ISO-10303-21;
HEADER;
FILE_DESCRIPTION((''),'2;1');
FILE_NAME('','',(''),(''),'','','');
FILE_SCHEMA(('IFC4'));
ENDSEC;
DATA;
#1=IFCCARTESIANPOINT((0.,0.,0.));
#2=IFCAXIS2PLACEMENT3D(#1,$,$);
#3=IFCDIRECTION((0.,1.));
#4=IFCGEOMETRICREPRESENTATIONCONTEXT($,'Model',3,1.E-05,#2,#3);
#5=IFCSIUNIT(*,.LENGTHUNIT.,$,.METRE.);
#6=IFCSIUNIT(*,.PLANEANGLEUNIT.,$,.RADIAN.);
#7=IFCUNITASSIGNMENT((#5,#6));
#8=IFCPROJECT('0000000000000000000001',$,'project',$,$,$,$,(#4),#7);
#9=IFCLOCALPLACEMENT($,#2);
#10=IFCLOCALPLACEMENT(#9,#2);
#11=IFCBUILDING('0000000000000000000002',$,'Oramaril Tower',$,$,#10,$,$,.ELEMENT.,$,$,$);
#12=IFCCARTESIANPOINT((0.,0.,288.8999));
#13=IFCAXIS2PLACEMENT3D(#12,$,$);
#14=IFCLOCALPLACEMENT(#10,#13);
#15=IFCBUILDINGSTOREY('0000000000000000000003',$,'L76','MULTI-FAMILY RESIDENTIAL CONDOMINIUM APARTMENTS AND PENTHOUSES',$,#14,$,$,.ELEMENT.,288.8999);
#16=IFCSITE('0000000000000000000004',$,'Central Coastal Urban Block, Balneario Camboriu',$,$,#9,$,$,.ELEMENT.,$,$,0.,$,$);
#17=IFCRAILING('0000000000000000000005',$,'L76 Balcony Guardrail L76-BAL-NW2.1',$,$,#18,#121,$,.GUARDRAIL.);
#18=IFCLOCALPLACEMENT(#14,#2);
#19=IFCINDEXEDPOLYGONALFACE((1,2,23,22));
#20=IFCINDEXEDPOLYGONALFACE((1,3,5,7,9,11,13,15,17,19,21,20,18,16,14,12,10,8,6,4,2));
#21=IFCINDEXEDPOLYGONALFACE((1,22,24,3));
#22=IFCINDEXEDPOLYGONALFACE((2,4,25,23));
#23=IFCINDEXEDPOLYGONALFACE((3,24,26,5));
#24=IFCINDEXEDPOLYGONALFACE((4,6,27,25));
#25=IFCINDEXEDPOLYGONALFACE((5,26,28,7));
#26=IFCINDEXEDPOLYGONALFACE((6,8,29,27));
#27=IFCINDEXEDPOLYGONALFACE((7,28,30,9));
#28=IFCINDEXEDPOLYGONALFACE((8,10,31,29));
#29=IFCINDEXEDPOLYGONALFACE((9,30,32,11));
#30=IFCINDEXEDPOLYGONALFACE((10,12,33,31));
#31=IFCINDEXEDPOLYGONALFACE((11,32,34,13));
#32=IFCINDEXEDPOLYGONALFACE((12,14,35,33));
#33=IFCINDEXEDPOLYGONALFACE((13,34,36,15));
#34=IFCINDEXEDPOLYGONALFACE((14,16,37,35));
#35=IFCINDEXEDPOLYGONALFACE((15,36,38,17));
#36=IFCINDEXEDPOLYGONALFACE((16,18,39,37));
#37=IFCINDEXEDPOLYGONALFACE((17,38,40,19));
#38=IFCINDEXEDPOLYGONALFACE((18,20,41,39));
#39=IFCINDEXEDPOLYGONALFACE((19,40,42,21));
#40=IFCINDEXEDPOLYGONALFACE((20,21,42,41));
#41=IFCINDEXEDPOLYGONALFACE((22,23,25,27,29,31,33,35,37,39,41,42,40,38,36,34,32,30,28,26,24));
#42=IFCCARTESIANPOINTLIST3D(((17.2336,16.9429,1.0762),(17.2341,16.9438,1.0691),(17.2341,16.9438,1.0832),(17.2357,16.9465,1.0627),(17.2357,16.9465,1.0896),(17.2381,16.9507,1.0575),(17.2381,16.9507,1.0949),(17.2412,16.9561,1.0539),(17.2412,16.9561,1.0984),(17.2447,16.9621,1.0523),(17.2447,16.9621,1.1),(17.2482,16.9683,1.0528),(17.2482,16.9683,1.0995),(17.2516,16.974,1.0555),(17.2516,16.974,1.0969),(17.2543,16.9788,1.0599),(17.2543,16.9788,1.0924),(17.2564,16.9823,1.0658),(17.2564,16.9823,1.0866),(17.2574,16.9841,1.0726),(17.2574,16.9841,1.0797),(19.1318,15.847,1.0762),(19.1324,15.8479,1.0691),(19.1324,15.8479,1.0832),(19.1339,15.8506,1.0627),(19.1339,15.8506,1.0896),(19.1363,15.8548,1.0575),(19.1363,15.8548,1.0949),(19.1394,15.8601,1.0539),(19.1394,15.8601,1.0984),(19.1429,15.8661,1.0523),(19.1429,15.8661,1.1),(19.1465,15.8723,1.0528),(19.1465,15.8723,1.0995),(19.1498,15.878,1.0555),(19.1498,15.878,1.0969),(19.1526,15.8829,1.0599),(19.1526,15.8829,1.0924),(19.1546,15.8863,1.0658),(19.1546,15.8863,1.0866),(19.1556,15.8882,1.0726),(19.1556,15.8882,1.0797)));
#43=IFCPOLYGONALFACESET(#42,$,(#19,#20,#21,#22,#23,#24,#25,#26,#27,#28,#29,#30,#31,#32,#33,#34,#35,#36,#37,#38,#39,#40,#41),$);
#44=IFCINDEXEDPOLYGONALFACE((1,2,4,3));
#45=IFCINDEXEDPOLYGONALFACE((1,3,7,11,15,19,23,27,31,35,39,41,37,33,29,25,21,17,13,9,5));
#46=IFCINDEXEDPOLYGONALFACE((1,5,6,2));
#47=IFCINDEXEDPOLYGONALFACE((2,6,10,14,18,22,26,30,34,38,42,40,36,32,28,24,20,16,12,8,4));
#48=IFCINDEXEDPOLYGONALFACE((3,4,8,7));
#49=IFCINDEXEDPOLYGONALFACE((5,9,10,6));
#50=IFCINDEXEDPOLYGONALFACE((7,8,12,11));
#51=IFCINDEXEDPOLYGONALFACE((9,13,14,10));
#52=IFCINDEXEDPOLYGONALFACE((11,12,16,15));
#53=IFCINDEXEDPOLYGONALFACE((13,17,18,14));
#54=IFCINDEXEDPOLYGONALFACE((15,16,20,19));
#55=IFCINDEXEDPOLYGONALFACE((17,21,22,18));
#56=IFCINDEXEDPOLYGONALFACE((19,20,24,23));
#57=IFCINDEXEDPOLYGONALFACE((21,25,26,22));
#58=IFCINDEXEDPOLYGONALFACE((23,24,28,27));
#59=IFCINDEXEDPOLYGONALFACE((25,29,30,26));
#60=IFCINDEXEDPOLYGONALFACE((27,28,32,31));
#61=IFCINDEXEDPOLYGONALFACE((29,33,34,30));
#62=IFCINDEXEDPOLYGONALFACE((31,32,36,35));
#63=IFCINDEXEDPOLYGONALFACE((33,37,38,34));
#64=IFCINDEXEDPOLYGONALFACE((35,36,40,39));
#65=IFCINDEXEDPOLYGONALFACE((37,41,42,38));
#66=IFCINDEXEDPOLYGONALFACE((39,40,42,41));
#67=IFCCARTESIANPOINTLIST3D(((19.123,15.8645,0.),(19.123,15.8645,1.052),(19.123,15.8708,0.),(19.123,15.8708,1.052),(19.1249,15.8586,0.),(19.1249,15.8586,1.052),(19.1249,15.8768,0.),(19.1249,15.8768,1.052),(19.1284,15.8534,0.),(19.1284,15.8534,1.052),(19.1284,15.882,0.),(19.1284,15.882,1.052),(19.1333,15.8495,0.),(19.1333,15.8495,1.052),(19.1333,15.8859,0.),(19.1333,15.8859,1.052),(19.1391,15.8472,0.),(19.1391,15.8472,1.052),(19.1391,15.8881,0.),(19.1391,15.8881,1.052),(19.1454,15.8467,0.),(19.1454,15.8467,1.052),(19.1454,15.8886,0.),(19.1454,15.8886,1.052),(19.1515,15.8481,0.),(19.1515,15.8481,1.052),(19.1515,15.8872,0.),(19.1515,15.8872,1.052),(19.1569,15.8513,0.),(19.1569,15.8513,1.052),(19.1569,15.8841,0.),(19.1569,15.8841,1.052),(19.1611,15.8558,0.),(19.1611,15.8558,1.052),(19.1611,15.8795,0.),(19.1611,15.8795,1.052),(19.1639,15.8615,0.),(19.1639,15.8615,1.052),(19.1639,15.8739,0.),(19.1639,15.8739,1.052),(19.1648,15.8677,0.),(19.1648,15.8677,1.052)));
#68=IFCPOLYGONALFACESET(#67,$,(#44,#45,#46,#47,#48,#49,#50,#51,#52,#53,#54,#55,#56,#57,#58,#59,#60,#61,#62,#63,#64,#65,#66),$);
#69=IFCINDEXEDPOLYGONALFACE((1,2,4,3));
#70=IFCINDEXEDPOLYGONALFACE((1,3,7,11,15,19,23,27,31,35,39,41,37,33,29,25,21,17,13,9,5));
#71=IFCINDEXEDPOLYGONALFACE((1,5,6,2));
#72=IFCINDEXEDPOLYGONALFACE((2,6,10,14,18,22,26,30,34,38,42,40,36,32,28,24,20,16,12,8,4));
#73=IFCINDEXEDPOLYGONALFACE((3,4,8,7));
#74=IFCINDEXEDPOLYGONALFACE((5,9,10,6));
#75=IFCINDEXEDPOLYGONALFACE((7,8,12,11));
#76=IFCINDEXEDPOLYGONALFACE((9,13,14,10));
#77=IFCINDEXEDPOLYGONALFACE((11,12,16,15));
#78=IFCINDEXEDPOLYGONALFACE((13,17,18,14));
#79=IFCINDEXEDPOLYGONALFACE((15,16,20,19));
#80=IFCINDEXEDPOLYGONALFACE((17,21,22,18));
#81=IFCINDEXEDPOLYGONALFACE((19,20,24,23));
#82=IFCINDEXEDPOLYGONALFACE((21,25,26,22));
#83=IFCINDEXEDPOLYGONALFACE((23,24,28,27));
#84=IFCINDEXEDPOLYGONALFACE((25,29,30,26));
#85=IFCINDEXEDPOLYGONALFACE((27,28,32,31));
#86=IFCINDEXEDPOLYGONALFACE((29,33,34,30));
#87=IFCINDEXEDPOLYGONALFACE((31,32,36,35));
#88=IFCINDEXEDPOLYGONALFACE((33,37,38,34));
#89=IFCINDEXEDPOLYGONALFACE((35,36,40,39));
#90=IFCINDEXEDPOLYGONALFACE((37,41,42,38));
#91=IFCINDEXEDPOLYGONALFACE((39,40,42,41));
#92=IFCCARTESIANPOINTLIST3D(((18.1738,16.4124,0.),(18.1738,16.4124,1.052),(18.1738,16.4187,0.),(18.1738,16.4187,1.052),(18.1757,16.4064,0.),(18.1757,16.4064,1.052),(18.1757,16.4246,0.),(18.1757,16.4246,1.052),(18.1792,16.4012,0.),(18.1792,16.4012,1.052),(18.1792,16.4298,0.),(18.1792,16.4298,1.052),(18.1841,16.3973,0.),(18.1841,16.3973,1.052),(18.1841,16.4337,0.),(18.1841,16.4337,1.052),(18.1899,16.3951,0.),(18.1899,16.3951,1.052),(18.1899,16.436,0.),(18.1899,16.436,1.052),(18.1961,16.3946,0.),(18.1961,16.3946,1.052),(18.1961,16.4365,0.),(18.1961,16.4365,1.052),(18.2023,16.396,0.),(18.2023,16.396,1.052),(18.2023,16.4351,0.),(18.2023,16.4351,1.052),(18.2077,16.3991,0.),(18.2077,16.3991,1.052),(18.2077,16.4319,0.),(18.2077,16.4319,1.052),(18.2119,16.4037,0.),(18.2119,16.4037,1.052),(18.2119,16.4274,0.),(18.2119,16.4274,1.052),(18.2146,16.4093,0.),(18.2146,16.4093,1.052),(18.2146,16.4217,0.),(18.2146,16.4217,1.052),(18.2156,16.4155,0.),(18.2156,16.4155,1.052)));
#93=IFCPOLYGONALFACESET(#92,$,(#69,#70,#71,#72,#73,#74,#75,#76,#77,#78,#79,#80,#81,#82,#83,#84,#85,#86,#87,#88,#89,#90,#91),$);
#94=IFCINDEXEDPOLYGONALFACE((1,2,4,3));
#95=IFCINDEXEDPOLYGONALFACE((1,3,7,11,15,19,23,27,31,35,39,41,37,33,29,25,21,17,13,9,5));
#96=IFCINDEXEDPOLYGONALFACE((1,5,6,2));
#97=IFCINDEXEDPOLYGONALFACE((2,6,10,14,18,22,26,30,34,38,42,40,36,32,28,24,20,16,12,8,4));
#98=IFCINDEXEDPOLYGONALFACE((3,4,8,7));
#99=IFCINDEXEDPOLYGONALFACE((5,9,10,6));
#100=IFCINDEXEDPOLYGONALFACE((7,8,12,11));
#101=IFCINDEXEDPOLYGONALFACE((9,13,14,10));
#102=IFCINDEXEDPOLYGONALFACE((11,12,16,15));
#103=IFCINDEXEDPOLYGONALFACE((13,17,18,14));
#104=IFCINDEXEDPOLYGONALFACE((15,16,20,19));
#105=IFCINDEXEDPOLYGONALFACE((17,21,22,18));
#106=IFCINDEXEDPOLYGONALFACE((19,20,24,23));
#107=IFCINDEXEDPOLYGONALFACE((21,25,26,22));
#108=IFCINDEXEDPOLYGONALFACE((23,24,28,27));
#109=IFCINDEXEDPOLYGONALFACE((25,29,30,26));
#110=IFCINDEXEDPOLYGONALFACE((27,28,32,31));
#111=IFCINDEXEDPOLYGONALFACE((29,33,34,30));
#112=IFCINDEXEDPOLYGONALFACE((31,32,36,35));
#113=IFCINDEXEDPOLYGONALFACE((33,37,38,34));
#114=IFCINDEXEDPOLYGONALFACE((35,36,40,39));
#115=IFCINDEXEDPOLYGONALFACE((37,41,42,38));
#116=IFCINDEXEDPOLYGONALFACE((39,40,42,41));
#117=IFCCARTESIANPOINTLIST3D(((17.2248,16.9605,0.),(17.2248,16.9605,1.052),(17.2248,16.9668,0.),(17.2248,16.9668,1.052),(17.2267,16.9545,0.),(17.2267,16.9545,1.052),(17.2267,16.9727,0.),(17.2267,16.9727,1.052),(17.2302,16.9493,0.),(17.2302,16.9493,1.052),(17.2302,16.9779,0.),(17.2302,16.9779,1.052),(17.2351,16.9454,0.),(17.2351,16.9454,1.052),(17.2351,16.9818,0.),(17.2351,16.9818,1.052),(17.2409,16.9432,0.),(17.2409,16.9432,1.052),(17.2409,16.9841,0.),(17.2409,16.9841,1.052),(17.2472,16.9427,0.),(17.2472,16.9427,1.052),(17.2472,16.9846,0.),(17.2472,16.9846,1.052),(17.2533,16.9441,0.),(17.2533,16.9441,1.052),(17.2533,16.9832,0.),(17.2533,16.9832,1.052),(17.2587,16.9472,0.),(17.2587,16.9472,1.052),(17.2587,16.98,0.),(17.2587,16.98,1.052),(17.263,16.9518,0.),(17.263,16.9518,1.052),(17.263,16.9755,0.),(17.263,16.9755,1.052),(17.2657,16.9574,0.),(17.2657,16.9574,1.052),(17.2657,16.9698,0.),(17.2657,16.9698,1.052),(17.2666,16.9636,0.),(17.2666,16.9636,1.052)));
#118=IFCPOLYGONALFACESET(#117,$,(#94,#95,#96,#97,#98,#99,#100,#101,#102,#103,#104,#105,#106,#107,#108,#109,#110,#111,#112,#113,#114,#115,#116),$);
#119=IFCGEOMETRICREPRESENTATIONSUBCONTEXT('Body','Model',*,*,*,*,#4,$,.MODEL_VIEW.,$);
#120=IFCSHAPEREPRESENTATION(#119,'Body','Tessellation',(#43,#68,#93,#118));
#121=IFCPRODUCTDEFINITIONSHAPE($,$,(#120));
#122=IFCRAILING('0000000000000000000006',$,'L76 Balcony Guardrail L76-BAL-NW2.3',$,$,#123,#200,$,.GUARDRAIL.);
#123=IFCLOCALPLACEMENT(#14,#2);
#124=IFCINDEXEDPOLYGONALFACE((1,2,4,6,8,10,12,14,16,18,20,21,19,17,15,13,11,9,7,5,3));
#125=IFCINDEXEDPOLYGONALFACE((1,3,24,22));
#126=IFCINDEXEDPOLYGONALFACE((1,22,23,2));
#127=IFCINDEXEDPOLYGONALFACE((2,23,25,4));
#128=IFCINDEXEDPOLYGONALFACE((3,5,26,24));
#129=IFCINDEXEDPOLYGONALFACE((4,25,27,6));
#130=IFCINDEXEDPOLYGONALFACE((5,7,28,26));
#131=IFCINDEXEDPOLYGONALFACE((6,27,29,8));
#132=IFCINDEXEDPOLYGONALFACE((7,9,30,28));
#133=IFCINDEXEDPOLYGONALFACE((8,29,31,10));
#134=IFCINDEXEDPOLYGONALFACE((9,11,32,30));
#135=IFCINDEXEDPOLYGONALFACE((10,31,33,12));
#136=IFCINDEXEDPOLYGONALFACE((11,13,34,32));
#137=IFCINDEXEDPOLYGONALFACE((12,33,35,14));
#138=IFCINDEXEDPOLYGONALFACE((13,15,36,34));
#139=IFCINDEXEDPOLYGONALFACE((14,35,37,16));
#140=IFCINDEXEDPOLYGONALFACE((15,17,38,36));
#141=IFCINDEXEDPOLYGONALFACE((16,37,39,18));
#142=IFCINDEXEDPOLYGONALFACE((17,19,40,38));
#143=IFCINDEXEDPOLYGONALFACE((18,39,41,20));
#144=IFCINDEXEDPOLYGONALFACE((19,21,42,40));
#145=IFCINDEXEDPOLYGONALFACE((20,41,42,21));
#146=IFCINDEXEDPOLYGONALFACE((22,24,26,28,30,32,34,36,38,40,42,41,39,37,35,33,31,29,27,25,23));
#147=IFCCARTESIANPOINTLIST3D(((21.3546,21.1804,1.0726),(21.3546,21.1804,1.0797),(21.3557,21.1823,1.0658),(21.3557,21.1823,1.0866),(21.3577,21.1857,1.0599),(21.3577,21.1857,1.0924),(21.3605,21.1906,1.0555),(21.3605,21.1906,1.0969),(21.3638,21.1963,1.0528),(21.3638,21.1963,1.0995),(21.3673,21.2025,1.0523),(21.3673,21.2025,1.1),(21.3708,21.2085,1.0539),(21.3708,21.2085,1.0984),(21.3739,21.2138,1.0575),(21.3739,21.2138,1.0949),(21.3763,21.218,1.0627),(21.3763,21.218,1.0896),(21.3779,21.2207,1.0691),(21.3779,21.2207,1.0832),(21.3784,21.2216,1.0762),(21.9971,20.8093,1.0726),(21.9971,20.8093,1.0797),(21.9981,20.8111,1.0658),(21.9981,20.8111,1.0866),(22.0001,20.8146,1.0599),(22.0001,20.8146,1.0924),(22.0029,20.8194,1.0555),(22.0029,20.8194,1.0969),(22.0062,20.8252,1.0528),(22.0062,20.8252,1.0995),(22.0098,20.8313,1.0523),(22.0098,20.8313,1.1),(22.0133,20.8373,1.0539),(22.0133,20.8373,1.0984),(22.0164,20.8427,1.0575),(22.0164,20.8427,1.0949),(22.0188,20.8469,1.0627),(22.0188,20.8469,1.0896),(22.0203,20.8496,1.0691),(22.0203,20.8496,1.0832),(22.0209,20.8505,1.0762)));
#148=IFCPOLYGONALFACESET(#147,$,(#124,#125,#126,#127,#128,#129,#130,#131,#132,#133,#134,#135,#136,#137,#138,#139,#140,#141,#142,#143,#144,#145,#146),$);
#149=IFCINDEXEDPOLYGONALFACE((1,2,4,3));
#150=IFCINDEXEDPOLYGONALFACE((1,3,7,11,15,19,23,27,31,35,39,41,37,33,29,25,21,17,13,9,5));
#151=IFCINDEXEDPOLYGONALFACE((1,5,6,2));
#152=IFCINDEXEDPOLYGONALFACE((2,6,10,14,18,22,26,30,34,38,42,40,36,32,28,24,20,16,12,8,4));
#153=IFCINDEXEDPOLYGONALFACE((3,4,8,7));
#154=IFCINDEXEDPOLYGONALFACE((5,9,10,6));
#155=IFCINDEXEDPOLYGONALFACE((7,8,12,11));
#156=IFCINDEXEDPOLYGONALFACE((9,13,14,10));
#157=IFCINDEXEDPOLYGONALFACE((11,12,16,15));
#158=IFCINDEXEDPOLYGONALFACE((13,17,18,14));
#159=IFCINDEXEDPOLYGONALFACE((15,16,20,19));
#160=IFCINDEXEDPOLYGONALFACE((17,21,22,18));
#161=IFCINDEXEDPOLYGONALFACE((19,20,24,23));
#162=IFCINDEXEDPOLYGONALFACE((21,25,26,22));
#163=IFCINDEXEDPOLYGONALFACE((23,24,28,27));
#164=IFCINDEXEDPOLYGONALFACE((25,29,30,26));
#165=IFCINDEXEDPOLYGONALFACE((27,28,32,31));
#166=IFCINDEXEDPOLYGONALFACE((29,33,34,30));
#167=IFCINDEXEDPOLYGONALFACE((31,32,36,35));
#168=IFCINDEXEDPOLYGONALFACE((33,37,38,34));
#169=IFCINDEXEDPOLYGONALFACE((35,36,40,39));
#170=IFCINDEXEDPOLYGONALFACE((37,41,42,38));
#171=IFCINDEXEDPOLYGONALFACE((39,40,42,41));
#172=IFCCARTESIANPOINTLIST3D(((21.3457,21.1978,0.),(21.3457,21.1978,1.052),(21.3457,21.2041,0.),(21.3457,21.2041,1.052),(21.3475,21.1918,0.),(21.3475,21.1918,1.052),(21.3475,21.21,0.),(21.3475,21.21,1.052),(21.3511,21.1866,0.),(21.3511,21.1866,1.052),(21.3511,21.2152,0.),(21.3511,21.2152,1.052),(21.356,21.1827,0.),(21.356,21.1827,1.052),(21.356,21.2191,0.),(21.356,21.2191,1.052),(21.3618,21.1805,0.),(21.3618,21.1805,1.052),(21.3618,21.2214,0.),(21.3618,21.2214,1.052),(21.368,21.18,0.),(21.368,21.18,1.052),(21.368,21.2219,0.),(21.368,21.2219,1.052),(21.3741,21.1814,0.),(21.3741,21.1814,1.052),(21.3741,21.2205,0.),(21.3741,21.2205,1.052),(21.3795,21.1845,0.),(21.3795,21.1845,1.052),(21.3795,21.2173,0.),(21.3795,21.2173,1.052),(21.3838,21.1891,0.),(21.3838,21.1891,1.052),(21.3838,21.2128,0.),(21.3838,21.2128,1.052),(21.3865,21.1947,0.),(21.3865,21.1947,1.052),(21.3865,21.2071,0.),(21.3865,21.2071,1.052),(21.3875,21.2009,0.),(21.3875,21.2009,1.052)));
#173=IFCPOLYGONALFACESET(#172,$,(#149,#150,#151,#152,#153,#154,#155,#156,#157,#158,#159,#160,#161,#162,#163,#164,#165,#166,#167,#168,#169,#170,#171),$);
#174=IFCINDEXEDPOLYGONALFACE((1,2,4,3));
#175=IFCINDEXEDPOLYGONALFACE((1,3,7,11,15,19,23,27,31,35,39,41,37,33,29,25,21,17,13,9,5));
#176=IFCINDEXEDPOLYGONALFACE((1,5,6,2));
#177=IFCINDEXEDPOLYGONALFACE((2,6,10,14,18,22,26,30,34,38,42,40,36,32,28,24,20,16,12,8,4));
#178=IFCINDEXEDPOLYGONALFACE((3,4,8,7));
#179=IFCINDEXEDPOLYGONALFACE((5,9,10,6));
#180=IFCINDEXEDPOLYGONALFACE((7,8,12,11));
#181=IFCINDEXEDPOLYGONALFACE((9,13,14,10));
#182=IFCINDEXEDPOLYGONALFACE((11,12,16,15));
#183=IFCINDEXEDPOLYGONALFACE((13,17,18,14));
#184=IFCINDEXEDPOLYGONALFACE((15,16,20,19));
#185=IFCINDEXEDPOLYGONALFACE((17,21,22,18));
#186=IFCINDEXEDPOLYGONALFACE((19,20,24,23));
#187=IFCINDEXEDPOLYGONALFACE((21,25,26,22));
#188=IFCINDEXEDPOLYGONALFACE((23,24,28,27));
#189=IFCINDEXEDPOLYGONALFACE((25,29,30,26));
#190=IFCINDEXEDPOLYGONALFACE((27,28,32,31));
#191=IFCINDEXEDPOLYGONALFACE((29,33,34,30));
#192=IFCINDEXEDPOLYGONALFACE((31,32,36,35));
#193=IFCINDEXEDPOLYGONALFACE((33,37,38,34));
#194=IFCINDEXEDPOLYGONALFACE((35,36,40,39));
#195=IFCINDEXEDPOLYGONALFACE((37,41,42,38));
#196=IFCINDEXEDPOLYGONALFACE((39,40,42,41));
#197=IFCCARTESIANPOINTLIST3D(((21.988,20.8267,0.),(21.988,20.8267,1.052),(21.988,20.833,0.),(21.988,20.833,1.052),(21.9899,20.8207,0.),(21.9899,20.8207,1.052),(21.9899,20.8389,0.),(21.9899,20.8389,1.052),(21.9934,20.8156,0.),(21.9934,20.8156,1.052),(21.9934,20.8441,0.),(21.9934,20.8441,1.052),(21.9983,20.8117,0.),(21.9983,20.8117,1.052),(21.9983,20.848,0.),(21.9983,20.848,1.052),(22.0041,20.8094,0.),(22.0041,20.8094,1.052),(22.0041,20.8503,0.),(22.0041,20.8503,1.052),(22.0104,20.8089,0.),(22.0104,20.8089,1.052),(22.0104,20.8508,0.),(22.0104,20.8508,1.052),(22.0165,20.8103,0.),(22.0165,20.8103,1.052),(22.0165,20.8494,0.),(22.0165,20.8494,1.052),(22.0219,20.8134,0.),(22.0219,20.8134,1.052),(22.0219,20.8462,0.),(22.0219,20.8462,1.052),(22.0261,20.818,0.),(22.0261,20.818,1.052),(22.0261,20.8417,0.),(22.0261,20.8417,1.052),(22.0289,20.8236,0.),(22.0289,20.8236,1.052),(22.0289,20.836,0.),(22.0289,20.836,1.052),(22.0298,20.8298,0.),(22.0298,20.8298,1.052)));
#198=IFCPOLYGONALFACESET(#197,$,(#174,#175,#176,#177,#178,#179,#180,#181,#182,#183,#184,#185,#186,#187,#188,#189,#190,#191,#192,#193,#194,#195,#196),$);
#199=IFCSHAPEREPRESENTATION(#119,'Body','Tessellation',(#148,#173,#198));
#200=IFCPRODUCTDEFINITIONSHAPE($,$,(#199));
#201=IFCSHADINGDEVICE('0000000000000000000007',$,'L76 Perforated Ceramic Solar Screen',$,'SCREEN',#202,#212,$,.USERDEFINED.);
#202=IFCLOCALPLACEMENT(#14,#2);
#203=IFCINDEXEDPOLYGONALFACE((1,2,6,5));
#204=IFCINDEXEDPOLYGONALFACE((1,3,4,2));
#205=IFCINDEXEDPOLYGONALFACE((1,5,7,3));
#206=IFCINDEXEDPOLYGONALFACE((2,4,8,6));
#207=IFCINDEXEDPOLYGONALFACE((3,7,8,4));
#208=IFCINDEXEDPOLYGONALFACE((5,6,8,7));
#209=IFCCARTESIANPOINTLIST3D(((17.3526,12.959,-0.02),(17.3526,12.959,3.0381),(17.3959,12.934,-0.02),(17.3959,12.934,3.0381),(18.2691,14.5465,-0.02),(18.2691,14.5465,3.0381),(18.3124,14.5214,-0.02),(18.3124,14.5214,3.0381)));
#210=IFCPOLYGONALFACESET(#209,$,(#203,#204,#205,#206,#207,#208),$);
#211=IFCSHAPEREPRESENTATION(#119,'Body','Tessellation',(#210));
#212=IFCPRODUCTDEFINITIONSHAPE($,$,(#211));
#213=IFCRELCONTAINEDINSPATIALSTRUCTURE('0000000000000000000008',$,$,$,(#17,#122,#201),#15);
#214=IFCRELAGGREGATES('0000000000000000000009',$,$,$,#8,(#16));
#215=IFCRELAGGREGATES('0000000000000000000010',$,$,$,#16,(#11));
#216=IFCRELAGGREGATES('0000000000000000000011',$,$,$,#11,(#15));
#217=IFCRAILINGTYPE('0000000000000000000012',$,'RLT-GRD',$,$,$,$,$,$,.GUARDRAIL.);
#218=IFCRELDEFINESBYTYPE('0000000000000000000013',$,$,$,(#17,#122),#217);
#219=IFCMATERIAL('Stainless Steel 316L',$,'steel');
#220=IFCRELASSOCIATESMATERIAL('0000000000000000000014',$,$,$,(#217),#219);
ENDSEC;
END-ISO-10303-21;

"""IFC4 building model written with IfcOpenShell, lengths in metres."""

from ifc_helpers import new_model, si_unit, direction, frame, origin, origin_2d, place, context, subcontext, project, spatial, rectangle, circle, extrude, material, type_object, element, save


model = new_model("IFC4")

# Units and contexts
model_context = context("Model", 3, precision=1e-05, world=origin(), true_north=direction((0.0, 1.0)))
body_context = subcontext(model_context, "Body", "Model", "MODEL_VIEW")
ifc_project = project(units=[si_unit("LENGTHUNIT", "METRE"), si_unit("PLANEANGLEUNIT", "RADIAN")], contexts=[model_context])

# Site, building, storey
site_placement = place(None, origin())
site = spatial("IfcSite", under=ifc_project, at=site_placement, Name="Central Coastal Urban Block, Balneario Camboriu", CompositionType="ELEMENT", RefElevation=0.0)
building_placement = place(site_placement, origin())
building = spatial("IfcBuilding", under=site, at=building_placement, Name="Oramaril Tower", CompositionType="ELEMENT")
storey_placement = place(building_placement, frame((0.0, 0.0, 288.8999)))
storey = spatial("IfcBuildingStorey", under=building, at=storey_placement, Name="L76", Description="MULTI-FAMILY RESIDENTIAL CONDOMINIUM APARTMENTS AND PENTHOUSES", CompositionType="ELEMENT", Elevation=288.8999)

# Railings
ifc_material_1 = material(Name="Stainless Steel 316L", Category="steel")
railing_type = type_object("IfcRailingType", Name="RLT-GRD", PredefinedType="GUARDRAIL", material=ifc_material_1)
railing_1_placement = place(storey_placement, frame((19.1438, 15.8677, 0.0)))
element("IfcRailing", 1, at=railing_1_placement, inside=storey, type_object=railing_type, Name="L76 Balcony Guardrail L76-BAL-NW2.1", PredefinedType="GUARDRAIL", context=body_context, shape_type="SweptSolid", body=[
    extrude(circle(Radius=0.0239, at=origin_2d()), frame((0.0, 0.0, 1.0762), z_axis=(-0.866021, 0.500008, 0.0), x_axis=(-0.500008, -0.866021, 0.0)), (0.0, 0.0, 1.0), 2.1919),
    extrude(circle(Radius=0.021, at=origin_2d()), origin(), (0.0, 0.0, 1.0), 1.052),
    extrude(circle(Radius=0.021, at=origin_2d()), frame((-0.9492, 0.5479, 0.0)), (0.0, 0.0, 1.0), 1.052),
    extrude(circle(Radius=0.021, at=origin_2d()), frame((-1.8982, 1.0959, 0.0)), (0.0, 0.0, 1.0), 1.052),
])
railing_2_placement = place(storey_placement, frame((21.3665, 21.2009, 0.0)))
element("IfcRailing", 2, at=railing_2_placement, inside=storey, type_object=railing_type, Name="L76 Balcony Guardrail L76-BAL-NW2.3", PredefinedType="GUARDRAIL", context=body_context, shape_type="SweptSolid", body=[
    extrude(circle(Radius=0.0239, at=origin_2d()), frame((0.0, 0.0, 1.0762), z_axis=(0.865884, -0.500245, 0.0), x_axis=(0.500245, 0.865884, 0.0)), (0.0, 0.0, 1.0), 0.7419),
    extrude(circle(Radius=0.021, at=origin_2d()), origin(), (0.0, 0.0, 1.0), 1.052),
    extrude(circle(Radius=0.021, at=origin_2d()), frame((0.6423, -0.3711, 0.0)), (0.0, 0.0, 1.0), 1.052),
])

# Shading device
for number, where, z_axis, x_axis, name in (
    (3, (17.8325, 13.7402, -0.02), (0.0, 0.0, 1.0), (-0.499998, -0.866026, 0.0), "L76 Perforated Ceramic Solar Screen"),
):
    element("IfcShadingDevice", number, at=place(storey_placement, frame(where, z_axis=z_axis, x_axis=x_axis)), inside=storey, Name=name, ObjectType="SCREEN", PredefinedType="USERDEFINED", context=body_context, shape_type="SweptSolid", body=[
        extrude(rectangle(XDim=1.833, YDim=0.05, at=origin_2d()), origin(), (0.0, 0.0, 1.0), 3.0581),
    ])

save(model, "model.ifc")
